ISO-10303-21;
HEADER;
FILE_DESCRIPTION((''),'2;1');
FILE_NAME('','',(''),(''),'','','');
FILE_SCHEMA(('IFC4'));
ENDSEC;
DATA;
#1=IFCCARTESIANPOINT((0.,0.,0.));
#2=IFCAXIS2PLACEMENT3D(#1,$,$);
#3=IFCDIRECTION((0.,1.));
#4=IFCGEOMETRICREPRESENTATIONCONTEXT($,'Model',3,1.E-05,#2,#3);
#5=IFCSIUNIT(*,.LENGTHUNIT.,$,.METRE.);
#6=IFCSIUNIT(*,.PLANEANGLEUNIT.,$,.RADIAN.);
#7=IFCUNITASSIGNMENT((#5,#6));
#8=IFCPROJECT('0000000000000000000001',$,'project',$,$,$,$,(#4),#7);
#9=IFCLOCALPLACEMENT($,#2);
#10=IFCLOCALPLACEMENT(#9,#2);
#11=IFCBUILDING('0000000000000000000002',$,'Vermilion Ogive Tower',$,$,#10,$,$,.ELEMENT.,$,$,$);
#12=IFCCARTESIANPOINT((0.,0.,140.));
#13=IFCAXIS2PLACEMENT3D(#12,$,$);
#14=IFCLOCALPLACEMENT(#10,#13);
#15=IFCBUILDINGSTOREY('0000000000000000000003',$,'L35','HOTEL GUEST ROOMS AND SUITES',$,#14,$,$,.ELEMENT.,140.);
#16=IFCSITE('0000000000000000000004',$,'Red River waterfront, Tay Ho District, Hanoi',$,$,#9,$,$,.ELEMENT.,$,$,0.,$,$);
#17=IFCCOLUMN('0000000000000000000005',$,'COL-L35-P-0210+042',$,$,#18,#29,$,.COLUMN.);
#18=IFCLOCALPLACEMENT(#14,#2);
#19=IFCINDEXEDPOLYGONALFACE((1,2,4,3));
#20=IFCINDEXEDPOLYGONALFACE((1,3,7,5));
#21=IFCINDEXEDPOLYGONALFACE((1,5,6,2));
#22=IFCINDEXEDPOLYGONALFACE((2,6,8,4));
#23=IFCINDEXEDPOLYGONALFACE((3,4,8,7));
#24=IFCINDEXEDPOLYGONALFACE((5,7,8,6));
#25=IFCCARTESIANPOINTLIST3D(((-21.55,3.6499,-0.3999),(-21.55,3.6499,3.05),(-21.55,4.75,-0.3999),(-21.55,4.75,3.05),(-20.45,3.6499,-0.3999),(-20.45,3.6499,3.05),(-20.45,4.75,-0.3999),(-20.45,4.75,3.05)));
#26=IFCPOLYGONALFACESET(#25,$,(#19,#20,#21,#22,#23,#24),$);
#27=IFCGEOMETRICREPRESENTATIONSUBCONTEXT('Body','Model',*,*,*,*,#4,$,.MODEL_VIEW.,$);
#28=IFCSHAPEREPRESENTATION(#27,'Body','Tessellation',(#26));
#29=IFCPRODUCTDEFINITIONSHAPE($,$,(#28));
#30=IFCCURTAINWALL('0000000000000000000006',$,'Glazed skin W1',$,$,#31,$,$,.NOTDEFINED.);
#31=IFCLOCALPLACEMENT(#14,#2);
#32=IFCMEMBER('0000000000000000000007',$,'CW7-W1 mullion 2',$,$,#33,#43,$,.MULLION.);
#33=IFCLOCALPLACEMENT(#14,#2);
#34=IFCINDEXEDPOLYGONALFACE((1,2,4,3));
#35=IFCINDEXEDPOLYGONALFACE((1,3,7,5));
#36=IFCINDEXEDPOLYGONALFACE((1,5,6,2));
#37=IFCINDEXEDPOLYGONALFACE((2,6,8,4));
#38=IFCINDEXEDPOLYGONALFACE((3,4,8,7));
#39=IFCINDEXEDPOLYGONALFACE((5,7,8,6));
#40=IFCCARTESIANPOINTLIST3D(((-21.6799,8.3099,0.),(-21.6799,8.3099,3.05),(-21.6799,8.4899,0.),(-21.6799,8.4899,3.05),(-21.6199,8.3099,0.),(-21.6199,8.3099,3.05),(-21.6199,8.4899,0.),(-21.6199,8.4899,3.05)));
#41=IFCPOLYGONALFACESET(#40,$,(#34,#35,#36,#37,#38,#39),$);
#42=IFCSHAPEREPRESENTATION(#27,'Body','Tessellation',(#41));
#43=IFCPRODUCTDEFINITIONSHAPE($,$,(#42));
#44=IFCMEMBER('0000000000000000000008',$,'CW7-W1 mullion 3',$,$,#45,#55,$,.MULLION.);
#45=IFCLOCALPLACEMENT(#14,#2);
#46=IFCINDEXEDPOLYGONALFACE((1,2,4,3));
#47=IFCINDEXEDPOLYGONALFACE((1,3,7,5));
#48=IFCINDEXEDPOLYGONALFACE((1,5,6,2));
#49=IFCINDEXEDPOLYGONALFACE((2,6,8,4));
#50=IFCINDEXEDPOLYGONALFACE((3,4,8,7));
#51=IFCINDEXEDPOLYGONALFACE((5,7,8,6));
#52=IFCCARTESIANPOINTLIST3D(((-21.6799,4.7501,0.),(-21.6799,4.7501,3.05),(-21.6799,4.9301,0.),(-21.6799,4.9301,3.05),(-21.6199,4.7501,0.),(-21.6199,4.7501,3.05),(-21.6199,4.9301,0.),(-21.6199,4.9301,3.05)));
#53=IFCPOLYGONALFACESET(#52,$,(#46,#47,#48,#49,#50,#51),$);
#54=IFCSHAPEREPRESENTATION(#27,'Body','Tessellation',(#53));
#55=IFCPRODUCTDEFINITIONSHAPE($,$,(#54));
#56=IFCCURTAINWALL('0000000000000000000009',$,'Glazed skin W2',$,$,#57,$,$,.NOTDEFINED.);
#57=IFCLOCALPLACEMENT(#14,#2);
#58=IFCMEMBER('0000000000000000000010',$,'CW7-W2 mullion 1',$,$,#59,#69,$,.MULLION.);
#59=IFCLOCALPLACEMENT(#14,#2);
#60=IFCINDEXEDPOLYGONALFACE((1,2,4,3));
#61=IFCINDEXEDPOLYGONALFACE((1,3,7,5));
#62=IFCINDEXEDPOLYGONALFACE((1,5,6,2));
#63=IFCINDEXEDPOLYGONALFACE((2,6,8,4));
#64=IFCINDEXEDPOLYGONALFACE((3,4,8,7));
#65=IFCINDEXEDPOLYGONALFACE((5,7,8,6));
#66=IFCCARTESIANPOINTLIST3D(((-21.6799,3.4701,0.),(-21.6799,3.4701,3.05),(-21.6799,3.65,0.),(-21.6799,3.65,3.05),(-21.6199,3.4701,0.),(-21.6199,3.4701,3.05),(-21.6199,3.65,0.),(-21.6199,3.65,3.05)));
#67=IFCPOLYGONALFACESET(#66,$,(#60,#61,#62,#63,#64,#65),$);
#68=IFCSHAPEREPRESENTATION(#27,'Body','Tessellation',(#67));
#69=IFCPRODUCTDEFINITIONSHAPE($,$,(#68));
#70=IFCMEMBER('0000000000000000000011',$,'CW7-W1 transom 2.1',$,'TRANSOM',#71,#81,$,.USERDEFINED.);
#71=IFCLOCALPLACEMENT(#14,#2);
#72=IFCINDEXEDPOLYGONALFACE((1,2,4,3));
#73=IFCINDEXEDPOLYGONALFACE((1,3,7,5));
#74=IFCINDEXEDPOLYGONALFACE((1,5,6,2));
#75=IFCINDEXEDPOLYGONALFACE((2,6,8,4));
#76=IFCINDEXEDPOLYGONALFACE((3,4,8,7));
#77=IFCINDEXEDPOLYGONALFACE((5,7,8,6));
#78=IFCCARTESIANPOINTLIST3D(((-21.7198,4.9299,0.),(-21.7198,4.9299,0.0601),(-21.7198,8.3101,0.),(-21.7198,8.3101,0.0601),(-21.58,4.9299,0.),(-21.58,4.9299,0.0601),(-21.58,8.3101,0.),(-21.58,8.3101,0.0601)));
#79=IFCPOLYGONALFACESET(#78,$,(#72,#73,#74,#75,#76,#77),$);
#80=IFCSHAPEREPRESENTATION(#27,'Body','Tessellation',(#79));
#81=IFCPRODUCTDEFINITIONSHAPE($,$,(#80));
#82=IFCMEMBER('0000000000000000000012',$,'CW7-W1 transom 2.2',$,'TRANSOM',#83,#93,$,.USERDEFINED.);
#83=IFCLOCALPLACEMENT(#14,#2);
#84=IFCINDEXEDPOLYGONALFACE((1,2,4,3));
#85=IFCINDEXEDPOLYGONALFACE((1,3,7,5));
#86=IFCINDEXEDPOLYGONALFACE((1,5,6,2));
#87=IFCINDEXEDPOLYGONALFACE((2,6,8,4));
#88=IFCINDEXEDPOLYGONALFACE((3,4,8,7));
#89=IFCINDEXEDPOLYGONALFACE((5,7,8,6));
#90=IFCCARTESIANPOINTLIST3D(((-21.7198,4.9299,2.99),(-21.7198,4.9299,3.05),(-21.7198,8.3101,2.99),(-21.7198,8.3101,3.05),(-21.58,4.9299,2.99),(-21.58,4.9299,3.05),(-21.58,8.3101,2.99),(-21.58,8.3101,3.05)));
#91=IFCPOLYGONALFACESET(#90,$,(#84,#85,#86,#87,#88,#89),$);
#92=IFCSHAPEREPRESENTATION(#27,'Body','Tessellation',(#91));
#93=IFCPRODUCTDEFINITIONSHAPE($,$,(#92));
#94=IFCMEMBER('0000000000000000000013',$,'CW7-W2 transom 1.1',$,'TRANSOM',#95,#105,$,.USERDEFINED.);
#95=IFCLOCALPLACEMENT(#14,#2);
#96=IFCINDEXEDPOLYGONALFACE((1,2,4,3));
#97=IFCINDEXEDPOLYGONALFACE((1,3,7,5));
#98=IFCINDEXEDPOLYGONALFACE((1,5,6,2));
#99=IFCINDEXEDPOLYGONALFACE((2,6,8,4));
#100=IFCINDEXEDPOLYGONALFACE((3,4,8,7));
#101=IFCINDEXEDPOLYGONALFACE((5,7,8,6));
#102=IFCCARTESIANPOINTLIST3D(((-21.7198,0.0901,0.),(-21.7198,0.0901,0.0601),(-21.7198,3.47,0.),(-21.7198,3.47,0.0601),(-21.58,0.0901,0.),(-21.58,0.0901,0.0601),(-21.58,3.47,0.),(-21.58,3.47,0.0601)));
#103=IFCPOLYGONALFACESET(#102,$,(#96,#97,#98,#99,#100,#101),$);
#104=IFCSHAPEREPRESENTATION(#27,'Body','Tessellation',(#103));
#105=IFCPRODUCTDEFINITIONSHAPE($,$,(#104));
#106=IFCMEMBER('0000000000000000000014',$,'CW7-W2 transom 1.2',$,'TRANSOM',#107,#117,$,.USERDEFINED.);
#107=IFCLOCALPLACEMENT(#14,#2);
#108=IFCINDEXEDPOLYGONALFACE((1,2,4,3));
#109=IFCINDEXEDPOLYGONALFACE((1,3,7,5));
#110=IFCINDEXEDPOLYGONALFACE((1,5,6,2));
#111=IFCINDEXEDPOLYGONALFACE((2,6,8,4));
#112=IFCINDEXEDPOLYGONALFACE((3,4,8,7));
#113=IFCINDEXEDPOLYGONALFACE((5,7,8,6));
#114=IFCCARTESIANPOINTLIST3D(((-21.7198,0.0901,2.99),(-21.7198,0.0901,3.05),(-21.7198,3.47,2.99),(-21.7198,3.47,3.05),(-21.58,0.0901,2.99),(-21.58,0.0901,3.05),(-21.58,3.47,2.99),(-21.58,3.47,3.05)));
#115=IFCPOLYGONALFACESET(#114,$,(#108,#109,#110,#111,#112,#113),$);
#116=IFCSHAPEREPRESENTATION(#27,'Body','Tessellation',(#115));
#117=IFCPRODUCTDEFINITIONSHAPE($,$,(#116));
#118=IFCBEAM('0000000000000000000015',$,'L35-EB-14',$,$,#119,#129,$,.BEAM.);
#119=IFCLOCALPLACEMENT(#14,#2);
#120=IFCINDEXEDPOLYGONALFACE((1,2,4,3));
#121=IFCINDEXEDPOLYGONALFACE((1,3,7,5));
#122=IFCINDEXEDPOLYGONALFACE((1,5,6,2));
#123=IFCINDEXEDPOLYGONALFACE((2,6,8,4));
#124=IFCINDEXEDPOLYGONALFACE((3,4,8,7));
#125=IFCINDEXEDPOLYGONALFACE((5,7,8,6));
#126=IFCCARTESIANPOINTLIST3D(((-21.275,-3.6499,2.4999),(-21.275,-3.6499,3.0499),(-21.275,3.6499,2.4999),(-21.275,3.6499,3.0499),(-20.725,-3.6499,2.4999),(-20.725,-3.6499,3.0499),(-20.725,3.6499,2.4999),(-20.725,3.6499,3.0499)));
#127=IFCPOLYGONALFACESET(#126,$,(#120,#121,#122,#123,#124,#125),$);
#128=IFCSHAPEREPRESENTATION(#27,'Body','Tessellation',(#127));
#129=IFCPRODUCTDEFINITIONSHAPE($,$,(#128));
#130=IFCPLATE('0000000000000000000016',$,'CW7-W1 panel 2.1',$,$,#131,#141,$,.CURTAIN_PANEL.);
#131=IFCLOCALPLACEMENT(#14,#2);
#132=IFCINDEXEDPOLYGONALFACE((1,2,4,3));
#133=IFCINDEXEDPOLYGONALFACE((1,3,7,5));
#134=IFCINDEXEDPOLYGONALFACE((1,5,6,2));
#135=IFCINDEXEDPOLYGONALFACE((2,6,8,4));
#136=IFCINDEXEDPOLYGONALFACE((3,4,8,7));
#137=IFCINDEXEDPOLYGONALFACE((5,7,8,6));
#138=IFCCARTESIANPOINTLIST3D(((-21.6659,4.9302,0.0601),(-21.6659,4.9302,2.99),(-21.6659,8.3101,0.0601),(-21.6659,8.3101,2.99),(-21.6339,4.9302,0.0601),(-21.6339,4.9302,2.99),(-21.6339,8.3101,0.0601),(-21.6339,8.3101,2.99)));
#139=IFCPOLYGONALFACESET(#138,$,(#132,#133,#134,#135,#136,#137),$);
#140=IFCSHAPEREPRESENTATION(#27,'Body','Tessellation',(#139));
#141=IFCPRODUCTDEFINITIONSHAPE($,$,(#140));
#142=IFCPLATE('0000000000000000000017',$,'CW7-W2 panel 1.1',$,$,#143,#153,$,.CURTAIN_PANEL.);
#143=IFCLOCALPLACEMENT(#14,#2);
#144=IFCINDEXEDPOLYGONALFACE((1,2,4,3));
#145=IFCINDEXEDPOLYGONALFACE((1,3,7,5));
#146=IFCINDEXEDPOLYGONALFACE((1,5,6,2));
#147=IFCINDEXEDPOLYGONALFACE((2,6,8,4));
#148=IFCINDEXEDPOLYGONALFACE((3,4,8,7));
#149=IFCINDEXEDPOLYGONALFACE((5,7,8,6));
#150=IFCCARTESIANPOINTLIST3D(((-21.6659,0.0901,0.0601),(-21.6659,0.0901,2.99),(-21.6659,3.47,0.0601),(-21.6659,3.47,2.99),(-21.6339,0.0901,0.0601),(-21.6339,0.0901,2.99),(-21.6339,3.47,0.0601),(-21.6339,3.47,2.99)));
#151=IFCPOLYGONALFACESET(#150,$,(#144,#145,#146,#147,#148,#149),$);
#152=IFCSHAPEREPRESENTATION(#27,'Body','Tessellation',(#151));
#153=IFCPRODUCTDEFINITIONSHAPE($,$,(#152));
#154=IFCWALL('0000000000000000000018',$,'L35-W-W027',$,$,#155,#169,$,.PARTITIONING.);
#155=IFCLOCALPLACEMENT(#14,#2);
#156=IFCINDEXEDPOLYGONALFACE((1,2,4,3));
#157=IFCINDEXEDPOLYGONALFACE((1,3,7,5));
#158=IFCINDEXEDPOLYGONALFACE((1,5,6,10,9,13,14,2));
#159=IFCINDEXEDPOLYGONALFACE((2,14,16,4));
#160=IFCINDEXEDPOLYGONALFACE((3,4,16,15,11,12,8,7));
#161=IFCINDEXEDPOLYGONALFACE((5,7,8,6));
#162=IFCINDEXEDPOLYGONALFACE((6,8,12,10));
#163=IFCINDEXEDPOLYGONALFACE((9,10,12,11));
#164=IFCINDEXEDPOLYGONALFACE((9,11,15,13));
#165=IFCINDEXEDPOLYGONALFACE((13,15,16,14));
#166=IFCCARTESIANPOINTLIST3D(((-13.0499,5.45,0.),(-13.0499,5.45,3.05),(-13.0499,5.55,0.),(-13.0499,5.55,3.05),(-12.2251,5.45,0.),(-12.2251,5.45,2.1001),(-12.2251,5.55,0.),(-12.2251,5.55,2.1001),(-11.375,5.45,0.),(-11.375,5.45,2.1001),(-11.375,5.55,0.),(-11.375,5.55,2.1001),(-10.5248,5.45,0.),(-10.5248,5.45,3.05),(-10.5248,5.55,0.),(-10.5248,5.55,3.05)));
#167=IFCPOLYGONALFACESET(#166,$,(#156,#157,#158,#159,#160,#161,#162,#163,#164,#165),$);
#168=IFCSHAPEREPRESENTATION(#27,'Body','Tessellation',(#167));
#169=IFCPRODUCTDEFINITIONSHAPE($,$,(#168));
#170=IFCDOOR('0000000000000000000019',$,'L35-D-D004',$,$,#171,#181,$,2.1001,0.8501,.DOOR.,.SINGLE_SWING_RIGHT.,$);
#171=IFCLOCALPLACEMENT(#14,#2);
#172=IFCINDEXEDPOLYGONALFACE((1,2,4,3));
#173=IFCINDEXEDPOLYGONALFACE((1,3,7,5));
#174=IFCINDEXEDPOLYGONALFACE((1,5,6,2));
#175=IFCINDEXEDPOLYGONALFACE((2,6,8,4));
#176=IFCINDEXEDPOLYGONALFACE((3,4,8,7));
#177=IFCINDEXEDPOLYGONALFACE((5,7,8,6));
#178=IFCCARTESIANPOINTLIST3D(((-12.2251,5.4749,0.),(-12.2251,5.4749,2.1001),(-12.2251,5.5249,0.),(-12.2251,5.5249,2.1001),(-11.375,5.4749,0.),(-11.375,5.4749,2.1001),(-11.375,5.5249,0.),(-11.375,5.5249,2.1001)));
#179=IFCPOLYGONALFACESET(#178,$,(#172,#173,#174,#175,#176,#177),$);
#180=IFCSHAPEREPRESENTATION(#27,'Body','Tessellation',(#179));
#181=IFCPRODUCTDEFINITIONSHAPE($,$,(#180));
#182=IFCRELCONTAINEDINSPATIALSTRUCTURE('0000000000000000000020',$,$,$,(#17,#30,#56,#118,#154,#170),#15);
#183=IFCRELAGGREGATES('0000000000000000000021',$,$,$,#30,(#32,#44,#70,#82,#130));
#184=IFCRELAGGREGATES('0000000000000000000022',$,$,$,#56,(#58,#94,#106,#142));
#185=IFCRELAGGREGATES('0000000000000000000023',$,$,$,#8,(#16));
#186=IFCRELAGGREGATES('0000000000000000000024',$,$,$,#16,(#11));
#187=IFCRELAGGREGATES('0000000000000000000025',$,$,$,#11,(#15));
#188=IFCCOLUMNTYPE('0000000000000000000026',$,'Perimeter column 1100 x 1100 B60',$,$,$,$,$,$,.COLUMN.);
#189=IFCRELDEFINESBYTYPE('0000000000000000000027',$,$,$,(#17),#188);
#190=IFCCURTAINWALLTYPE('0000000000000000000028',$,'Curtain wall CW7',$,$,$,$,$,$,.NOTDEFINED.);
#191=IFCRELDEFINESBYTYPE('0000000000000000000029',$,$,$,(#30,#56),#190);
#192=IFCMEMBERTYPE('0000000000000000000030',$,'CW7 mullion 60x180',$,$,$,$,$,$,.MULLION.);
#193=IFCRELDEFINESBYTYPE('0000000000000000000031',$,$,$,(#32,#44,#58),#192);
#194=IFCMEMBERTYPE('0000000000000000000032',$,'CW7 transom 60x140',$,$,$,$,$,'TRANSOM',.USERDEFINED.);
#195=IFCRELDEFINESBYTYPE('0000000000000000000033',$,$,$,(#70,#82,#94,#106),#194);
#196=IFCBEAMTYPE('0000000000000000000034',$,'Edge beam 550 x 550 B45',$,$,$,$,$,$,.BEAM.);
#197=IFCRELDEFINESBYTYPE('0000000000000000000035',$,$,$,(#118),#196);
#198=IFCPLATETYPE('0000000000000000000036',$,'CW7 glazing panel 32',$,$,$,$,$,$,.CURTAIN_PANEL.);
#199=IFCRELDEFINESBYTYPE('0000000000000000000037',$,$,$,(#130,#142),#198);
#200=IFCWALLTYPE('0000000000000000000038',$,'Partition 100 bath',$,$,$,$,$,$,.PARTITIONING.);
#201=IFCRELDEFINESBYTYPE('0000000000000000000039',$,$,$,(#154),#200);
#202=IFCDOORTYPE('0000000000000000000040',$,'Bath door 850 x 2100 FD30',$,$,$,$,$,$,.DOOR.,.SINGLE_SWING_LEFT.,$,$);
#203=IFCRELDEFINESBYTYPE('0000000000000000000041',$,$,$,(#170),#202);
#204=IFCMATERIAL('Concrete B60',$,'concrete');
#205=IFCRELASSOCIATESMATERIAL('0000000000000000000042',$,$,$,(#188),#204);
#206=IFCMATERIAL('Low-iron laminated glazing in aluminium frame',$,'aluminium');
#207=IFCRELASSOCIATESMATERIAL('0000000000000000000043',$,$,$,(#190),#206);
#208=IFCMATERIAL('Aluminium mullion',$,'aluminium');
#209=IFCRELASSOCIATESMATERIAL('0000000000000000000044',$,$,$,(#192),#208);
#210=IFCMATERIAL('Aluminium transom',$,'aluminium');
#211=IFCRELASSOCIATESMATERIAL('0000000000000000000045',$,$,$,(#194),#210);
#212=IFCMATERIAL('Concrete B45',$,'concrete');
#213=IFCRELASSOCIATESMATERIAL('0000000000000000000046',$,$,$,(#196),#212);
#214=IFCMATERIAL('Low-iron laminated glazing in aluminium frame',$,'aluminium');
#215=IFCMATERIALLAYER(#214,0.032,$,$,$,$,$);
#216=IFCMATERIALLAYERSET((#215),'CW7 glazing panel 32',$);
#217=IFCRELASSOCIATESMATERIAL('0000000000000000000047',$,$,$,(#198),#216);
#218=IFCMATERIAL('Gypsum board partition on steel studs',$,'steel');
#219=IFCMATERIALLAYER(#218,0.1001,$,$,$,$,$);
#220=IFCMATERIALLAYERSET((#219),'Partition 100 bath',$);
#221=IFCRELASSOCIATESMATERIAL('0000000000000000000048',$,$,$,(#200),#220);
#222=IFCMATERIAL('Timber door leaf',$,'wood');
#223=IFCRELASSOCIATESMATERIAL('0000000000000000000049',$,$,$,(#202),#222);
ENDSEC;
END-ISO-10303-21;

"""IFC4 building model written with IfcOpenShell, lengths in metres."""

from ifc_helpers import new_model, si_unit, direction, frame, frame_2d, origin, origin_2d, place, context, subcontext, project, spatial, rectangle, extrude, material, layer, layer_set, material_profile, profile_set, type_object, element, fill, aggregate, save


model = new_model("IFC4")

# Units and contexts
model_context = context("Model", 3, precision=1e-05, world=origin(), true_north=direction((0.0, 1.0)))
body_context = subcontext(model_context, "Body", "Model", "MODEL_VIEW")
ifc_project = project(units=[si_unit("LENGTHUNIT", "METRE"), si_unit("PLANEANGLEUNIT", "RADIAN")], contexts=[model_context])

# Site, building, storey
site_placement = place(None, origin())
site = spatial("IfcSite", under=ifc_project, at=site_placement, Name="Red River waterfront, Tay Ho District, Hanoi", CompositionType="ELEMENT", RefElevation=0.0)
building_placement = place(site_placement, origin())
building = spatial("IfcBuilding", under=site, at=building_placement, Name="Vermilion Ogive Tower", CompositionType="ELEMENT")
storey_placement = place(building_placement, frame((0.0, 0.0, 140.0)))
storey = spatial("IfcBuildingStorey", under=building, at=storey_placement, Name="L35", Description="HOTEL GUEST ROOMS AND SUITES", CompositionType="ELEMENT", Elevation=140.0)

# Column
ifc_material_1 = material(Name="Concrete B60", Category="concrete")
ifc_material_profile_1 = material_profile(ifc_material_1, rectangle(XDim=1.1001, YDim=1.1001, at=origin_2d()), Name="1100 x 1100")
ifc_profile_set_1 = profile_set([ifc_material_profile_1], Name="Concrete B60")
column_type = type_object("IfcColumnType", Name="Perimeter column 1100 x 1100 B60", PredefinedType="COLUMN", material=ifc_profile_set_1)
column_placement = place(storey_placement, frame((-21.0, 4.2, -0.3999), z_axis=(0.0, 0.0, 1.0), x_axis=(1.0, 0.0, 0.0)))
element("IfcColumn", 1, at=column_placement, inside=storey, type_object=column_type, Name="COL-L35-P-0210+042", PredefinedType="COLUMN", context=body_context, shape_type="SweptSolid", body=[
    extrude(rectangle(XDim=1.1001, YDim=1.1001, at=origin_2d()), origin(), (0.0, 0.0, 1.0), 3.45),
])

# Curtain wall, members
ifc_material_2 = material(Name="Low-iron laminated glazing in aluminium frame", Category="aluminium")
curtain_wall_type = type_object("IfcCurtainWallType", Name="Curtain wall CW7", PredefinedType="NOTDEFINED", material=ifc_material_2)
curtain_wall_1_placement = place(storey_placement, origin())
curtain_wall_1 = element("IfcCurtainWall", 2, at=curtain_wall_1_placement, inside=storey, type_object=curtain_wall_type, Name="Glazed skin W1", PredefinedType="NOTDEFINED")
ifc_material_3 = material(Name="Aluminium mullion", Category="aluminium")
ifc_material_profile_2 = material_profile(ifc_material_3, rectangle(XDim=0.0601, YDim=0.1799, at=origin_2d()), Name="AL 60x180")
ifc_profile_set_2 = profile_set([ifc_material_profile_2], Name="Aluminium mullion")
member_type_1 = type_object("IfcMemberType", Name="CW7 mullion 60x180", PredefinedType="MULLION", material=ifc_profile_set_2)
member_1_placement = place(storey_placement, frame((-21.6499, 8.3999, 0.0), z_axis=(0.0, 0.0, 1.0), x_axis=(1.0, 0.0, 0.0)))
member_1 = element("IfcMember", 3, at=member_1_placement, type_object=member_type_1, Name="CW7-W1 mullion 2", PredefinedType="MULLION", context=body_context, shape_type="SweptSolid", body=[
    extrude(rectangle(XDim=0.0601, YDim=0.1799, at=origin_2d()), origin(), (0.0, 0.0, 1.0), 3.05),
])
member_2_placement = place(storey_placement, frame((-21.6499, 4.8401, 0.0), z_axis=(0.0, 0.0, 1.0), x_axis=(1.0, 0.0, 0.0)))
member_2 = element("IfcMember", 4, at=member_2_placement, type_object=member_type_1, Name="CW7-W1 mullion 3", PredefinedType="MULLION", context=body_context, shape_type="SweptSolid", body=[
    extrude(rectangle(XDim=0.0601, YDim=0.1799, at=origin_2d()), origin(), (0.0, 0.0, 1.0), 3.05),
])

# Curtain wall, member
curtain_wall_2_placement = place(storey_placement, origin())
curtain_wall_2 = element("IfcCurtainWall", 5, at=curtain_wall_2_placement, inside=storey, type_object=curtain_wall_type, Name="Glazed skin W2", PredefinedType="NOTDEFINED")
member_3_placement = place(storey_placement, frame((-21.6499, 3.5601, 0.0), z_axis=(0.0, 0.0, 1.0), x_axis=(1.0, 0.0, 0.0)))
member_3 = element("IfcMember", 6, at=member_3_placement, type_object=member_type_1, Name="CW7-W2 mullion 1", PredefinedType="MULLION", context=body_context, shape_type="SweptSolid", body=[
    extrude(rectangle(XDim=0.0601, YDim=0.1799, at=origin_2d()), origin(), (0.0, 0.0, 1.0), 3.05),
])

# Members
ifc_material_4 = material(Name="Aluminium transom", Category="aluminium")
ifc_material_profile_3 = material_profile(ifc_material_4, rectangle(XDim=0.1399, YDim=0.0601, at=origin_2d()), Name="AL 60x140")
ifc_profile_set_3 = profile_set([ifc_material_profile_3], Name="Aluminium transom")
member_type_2 = type_object("IfcMemberType", Name="CW7 transom 60x140", ElementType="TRANSOM", PredefinedType="USERDEFINED", material=ifc_profile_set_3)
member_4_placement = place(storey_placement, frame((-21.6499, 8.3101, 0.03), z_axis=(0.0, -1.0, 0.0), x_axis=(1.0, 0.0, 0.0)))
member_4 = element("IfcMember", 7, at=member_4_placement, type_object=member_type_2, Name="CW7-W1 transom 2.1", ObjectType="TRANSOM", PredefinedType="USERDEFINED", context=body_context, shape_type="SweptSolid", body=[
    extrude(rectangle(XDim=0.1399, YDim=0.0601, at=origin_2d()), origin(), (0.0, 0.0, 1.0), 3.3801),
])
member_5_placement = place(storey_placement, frame((-21.6499, 8.3101, 3.02), z_axis=(0.0, -1.0, 0.0), x_axis=(1.0, 0.0, 0.0)))
member_5 = element("IfcMember", 8, at=member_5_placement, type_object=member_type_2, Name="CW7-W1 transom 2.2", ObjectType="TRANSOM", PredefinedType="USERDEFINED", context=body_context, shape_type="SweptSolid", body=[
    extrude(rectangle(XDim=0.1399, YDim=0.0601, at=origin_2d()), origin(), (0.0, 0.0, 1.0), 3.3801),
])
member_6_placement = place(storey_placement, frame((-21.6499, 3.47, 0.03), z_axis=(0.0, -1.0, 0.0), x_axis=(1.0, 0.0, 0.0)))
member_6 = element("IfcMember", 9, at=member_6_placement, type_object=member_type_2, Name="CW7-W2 transom 1.1", ObjectType="TRANSOM", PredefinedType="USERDEFINED", context=body_context, shape_type="SweptSolid", body=[
    extrude(rectangle(XDim=0.1399, YDim=0.0601, at=origin_2d()), origin(), (0.0, 0.0, 1.0), 3.3799),
])
member_7_placement = place(storey_placement, frame((-21.6499, 3.47, 3.02), z_axis=(0.0, -1.0, 0.0), x_axis=(1.0, 0.0, 0.0)))
member_7 = element("IfcMember", 10, at=member_7_placement, type_object=member_type_2, Name="CW7-W2 transom 1.2", ObjectType="TRANSOM", PredefinedType="USERDEFINED", context=body_context, shape_type="SweptSolid", body=[
    extrude(rectangle(XDim=0.1399, YDim=0.0601, at=origin_2d()), origin(), (0.0, 0.0, 1.0), 3.3799),
])

# Beam
ifc_material_5 = material(Name="Concrete B45", Category="concrete")
ifc_material_profile_4 = material_profile(ifc_material_5, rectangle(XDim=0.55, YDim=0.55, at=origin_2d()), Name="550 x 550")
ifc_profile_set_4 = profile_set([ifc_material_profile_4], Name="Concrete B45")
beam_type = type_object("IfcBeamType", Name="Edge beam 550 x 550 B45", PredefinedType="BEAM", material=ifc_profile_set_4)
beam_placement = place(storey_placement, frame((-21.0, 3.6499, 2.7749), z_axis=(0.0, -1.0, 0.0), x_axis=(1.0, 0.0, 0.0)))
element("IfcBeam", 11, at=beam_placement, inside=storey, type_object=beam_type, Name="L35-EB-14", PredefinedType="BEAM", context=body_context, shape_type="SweptSolid", body=[
    extrude(rectangle(XDim=0.55, YDim=0.55, at=origin_2d()), origin(), (0.0, 0.0, 1.0), 7.2998),
])

# Plates
ifc_material_6 = material(Name="Low-iron laminated glazing in aluminium frame", Category="aluminium")
ifc_layer_1 = layer(ifc_material_6, 0.032)
ifc_layer_set_1 = layer_set([ifc_layer_1], Name="CW7 glazing panel 32")
plate_type = type_object("IfcPlateType", Name="CW7 glazing panel 32", PredefinedType="CURTAIN_PANEL", material=ifc_layer_set_1)
plate_1_placement = place(storey_placement, frame((-21.6499, 6.6201, 0.0601), z_axis=(0.0, 0.0, 1.0), x_axis=(0.0, -1.0, 0.0)))
plate_1 = element("IfcPlate", 12, at=plate_1_placement, type_object=plate_type, Name="CW7-W1 panel 2.1", PredefinedType="CURTAIN_PANEL", context=body_context, shape_type="SweptSolid", body=[
    extrude(rectangle(XDim=3.3799, YDim=0.032, at=origin_2d()), origin(), (0.0, 0.0, 1.0), 2.9299),
])
aggregate(curtain_wall_1, [member_1, member_2, member_4, member_5, plate_1])
plate_2_placement = place(storey_placement, frame((-21.6499, 1.78, 0.0601), z_axis=(0.0, 0.0, 1.0), x_axis=(0.0, -1.0, 0.0)))
plate_2 = element("IfcPlate", 13, at=plate_2_placement, type_object=plate_type, Name="CW7-W2 panel 1.1", PredefinedType="CURTAIN_PANEL", context=body_context, shape_type="SweptSolid", body=[
    extrude(rectangle(XDim=3.3799, YDim=0.032, at=origin_2d()), origin(), (0.0, 0.0, 1.0), 2.9299),
])
aggregate(curtain_wall_2, [member_3, member_6, member_7, plate_2])

# Wall, opening, door
ifc_material_7 = material(Name="Gypsum board partition on steel studs", Category="steel")
ifc_layer_2 = layer(ifc_material_7, 0.1001)
ifc_layer_set_2 = layer_set([ifc_layer_2], Name="Partition 100 bath")
wall_type_1 = type_object("IfcWallType", Name="Partition 100 bath", PredefinedType="PARTITIONING", material=ifc_layer_set_2)
wall_1_placement = place(storey_placement, frame((-13.05, 5.5, 0.0), z_axis=(0.0, 0.0, 1.0), x_axis=(1.0, 0.0, 0.0)))
wall_1 = element("IfcWall", 14, at=wall_1_placement, inside=storey, type_object=wall_type_1, Name="L35-W-W027", PredefinedType="PARTITIONING", context=body_context, shape_type="SweptSolid", body=[
    extrude(rectangle(XDim=2.5251, YDim=0.1001, at=frame_2d((1.2627, 0.0))), origin(), (0.0, 0.0, 1.0), 3.05),
])
opening_placement = place(wall_1_placement, frame((0.825, 0.0, 0.0)))
opening = element("IfcOpeningElement", 15, at=opening_placement, cuts=wall_1, PredefinedType="OPENING", context=body_context, shape_type="SweptSolid", body=[
    extrude(rectangle(XDim=0.8501, YDim=2.1001, at=frame_2d((0.425, 1.05))), frame((0.0, 0.0601, 0.0), z_axis=(0.0, -1.0, 0.0), x_axis=(1.0, 0.0, 0.0)), (0.0, 0.0, 1.0), 0.1201),
])
ifc_material_8 = material(Name="Timber door leaf", Category="wood")
door_type = type_object("IfcDoorType", Name="Bath door 850 x 2100 FD30", OperationType="SINGLE_SWING_LEFT", PredefinedType="DOOR", material=ifc_material_8)
door_placement = place(opening_placement, origin())
door = element("IfcDoor", 16, at=door_placement, inside=storey, type_object=door_type, Name="L35-D-D004", OperationType="SINGLE_SWING_RIGHT", OverallHeight=2.1001, OverallWidth=0.8501, PredefinedType="DOOR", context=body_context, shape_type="SweptSolid", body=[
    extrude(rectangle(XDim=0.8501, YDim=2.1001, at=frame_2d((0.425, 1.05))), frame((0.0, 0.0249, 0.0), z_axis=(0.0, -1.0, 0.0), x_axis=(1.0, 0.0, 0.0)), (0.0, 0.0, 1.0), 0.05),
])
fill(opening, door)

save(model, "model.ifc")
